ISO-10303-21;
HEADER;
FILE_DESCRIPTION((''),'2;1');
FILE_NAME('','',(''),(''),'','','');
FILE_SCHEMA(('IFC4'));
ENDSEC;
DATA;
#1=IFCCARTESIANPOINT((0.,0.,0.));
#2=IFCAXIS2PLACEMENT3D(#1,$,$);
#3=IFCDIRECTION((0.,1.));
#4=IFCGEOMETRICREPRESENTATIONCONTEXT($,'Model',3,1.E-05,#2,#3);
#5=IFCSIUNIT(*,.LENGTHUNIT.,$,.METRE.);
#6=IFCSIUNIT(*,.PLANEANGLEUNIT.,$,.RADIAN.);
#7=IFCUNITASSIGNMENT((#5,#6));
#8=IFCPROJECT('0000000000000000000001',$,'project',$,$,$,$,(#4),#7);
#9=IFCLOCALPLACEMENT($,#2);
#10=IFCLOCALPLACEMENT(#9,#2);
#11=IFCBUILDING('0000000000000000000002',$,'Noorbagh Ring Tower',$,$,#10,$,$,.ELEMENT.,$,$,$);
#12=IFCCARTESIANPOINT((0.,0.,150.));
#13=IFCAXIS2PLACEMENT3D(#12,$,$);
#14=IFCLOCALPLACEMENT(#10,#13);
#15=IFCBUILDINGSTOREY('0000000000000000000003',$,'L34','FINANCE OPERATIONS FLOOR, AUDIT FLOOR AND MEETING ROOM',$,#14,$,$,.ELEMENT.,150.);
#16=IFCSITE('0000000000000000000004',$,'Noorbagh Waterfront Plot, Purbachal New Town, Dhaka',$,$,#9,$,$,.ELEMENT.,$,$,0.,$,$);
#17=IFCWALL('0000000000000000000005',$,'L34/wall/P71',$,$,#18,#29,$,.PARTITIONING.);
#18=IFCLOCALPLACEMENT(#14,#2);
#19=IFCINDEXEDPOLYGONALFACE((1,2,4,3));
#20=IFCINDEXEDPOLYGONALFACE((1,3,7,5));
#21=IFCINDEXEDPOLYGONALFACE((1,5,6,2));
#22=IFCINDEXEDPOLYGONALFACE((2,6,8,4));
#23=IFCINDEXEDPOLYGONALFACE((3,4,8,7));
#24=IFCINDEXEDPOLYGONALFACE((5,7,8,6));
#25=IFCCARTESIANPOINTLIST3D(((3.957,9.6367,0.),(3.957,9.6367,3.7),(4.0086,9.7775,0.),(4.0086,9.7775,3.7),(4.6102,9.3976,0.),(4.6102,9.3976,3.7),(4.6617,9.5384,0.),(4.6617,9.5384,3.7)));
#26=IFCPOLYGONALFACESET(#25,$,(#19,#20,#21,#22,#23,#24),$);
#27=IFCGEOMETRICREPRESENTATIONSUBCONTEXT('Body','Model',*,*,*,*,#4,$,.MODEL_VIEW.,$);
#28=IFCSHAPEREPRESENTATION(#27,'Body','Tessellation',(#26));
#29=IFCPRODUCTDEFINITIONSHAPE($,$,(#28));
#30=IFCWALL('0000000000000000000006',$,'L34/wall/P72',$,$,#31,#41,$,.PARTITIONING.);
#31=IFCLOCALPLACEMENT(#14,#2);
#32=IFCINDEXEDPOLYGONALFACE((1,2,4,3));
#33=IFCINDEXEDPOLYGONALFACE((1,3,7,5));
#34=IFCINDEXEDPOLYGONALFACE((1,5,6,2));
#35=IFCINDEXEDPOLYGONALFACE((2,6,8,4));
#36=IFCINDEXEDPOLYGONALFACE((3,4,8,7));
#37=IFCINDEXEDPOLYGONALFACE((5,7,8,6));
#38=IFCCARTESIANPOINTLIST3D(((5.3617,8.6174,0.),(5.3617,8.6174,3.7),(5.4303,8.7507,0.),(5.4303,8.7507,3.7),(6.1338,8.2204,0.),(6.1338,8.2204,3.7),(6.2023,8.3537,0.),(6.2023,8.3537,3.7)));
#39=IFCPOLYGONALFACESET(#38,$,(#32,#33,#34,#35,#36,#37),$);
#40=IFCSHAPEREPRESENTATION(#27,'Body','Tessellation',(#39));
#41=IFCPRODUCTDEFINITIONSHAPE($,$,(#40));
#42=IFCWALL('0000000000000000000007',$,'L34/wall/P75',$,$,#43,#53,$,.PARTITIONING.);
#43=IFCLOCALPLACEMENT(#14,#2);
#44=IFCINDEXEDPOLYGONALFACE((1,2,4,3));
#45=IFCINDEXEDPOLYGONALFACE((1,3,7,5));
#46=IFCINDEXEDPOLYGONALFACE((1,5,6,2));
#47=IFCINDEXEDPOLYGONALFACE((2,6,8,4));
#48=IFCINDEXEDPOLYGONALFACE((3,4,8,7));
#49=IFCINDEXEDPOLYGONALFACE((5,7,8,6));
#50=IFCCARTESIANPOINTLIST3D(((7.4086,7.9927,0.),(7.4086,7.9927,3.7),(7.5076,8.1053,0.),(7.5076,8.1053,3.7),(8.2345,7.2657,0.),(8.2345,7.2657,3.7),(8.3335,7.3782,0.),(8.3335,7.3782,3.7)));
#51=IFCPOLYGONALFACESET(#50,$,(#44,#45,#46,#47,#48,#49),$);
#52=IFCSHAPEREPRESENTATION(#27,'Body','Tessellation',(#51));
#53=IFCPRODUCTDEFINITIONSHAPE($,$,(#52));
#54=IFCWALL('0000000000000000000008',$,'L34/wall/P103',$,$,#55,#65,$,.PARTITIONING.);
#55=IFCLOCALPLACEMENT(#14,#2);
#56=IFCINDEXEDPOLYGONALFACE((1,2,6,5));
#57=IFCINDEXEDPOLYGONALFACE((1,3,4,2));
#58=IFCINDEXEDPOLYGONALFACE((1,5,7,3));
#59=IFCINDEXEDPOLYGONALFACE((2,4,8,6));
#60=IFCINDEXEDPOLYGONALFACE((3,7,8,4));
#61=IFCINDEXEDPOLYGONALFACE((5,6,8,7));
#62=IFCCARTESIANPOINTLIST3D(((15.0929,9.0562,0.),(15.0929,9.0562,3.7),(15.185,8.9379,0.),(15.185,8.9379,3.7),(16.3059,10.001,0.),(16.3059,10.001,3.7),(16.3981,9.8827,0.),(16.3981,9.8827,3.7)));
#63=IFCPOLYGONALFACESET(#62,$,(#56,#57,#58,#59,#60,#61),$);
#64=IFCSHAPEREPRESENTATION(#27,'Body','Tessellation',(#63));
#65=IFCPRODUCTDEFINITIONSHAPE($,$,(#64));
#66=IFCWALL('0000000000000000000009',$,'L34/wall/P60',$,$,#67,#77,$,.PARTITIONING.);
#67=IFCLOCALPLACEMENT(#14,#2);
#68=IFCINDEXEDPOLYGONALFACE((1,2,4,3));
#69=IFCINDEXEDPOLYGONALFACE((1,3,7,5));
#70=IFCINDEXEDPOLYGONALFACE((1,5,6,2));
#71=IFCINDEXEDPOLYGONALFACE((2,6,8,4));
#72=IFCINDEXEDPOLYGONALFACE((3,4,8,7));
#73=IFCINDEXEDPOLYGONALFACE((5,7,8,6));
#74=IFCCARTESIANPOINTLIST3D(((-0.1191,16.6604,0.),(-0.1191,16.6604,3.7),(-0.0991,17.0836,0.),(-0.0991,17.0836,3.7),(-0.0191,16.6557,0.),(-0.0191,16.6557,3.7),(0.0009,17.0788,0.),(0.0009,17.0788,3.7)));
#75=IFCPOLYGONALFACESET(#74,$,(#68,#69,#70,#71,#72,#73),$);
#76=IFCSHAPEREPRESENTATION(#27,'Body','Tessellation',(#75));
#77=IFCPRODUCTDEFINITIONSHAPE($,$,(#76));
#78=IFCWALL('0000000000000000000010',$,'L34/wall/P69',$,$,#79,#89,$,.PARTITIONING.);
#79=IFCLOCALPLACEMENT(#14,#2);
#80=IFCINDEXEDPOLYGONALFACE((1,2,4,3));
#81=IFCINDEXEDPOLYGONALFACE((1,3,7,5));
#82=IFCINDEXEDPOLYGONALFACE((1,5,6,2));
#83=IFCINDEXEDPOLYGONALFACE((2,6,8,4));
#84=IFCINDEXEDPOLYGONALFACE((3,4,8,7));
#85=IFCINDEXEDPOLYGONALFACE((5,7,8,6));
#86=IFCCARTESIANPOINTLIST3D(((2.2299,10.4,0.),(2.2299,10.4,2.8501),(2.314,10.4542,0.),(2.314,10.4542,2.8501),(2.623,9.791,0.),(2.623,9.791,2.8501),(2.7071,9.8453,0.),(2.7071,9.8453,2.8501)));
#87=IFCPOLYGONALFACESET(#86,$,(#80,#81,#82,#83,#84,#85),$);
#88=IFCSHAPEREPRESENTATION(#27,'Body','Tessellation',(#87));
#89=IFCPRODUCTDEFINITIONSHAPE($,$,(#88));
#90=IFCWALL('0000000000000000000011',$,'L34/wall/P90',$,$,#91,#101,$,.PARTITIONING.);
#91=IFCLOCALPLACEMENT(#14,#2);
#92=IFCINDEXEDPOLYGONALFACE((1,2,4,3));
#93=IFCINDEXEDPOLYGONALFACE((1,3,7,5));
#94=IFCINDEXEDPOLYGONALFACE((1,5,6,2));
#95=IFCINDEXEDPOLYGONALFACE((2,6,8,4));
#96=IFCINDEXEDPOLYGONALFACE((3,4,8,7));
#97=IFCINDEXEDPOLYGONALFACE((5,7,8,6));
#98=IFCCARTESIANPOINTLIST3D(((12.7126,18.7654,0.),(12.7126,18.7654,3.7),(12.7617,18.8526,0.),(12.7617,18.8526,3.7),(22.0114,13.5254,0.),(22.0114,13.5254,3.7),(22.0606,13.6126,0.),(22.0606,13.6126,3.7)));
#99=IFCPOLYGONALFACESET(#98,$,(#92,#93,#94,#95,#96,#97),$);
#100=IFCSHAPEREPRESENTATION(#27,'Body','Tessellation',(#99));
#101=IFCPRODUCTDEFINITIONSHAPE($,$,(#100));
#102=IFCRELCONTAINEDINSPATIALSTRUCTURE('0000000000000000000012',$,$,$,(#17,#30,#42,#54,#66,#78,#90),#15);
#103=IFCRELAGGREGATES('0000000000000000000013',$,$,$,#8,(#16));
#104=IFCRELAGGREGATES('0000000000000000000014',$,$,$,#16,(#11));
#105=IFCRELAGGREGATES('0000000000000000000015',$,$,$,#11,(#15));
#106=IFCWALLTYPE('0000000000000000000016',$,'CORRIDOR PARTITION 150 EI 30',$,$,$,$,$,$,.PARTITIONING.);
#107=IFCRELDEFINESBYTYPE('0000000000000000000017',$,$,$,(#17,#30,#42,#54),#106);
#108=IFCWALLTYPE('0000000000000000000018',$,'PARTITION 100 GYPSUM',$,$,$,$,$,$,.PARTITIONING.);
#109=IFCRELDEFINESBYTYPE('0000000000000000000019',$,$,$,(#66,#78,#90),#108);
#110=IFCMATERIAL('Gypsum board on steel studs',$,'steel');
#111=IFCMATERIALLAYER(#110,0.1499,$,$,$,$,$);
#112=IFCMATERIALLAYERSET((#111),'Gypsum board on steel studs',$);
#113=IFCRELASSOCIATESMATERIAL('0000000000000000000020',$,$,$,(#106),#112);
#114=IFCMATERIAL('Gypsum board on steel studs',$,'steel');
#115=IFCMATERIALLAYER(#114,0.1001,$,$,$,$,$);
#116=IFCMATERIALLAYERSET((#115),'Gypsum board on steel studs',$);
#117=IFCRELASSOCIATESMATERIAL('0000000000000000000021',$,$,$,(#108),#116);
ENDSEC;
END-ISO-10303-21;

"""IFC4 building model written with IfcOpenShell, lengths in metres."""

from ifc_helpers import new_model, si_unit, direction, frame, frame_2d, origin, place, context, subcontext, project, spatial, rectangle, extrude, material, layer, layer_set, type_object, element, save


model = new_model("IFC4")

# Units and contexts
model_context = context("Model", 3, precision=1e-05, world=origin(), true_north=direction((0.0, 1.0)))
body_context = subcontext(model_context, "Body", "Model", "MODEL_VIEW")
ifc_project = project(units=[si_unit("LENGTHUNIT", "METRE"), si_unit("PLANEANGLEUNIT", "RADIAN")], contexts=[model_context])

# Site, building, storey
site_placement = place(None, origin())
site = spatial("IfcSite", under=ifc_project, at=site_placement, Name="Noorbagh Waterfront Plot, Purbachal New Town, Dhaka", CompositionType="ELEMENT", RefElevation=0.0)
building_placement = place(site_placement, origin())
building = spatial("IfcBuilding", under=site, at=building_placement, Name="Noorbagh Ring Tower", CompositionType="ELEMENT")
storey_placement = place(building_placement, frame((0.0, 0.0, 150.0)))
storey = spatial("IfcBuildingStorey", under=building, at=storey_placement, Name="L34", Description="FINANCE OPERATIONS FLOOR, AUDIT FLOOR AND MEETING ROOM", CompositionType="ELEMENT", Elevation=150.0)

# Walls
ifc_material_1 = material(Name="Gypsum board on steel studs", Category="steel")
ifc_layer_1 = layer(ifc_material_1, 0.1499)
ifc_layer_set_1 = layer_set([ifc_layer_1], Name="Gypsum board on steel studs")
wall_type_1 = type_object("IfcWallType", Name="CORRIDOR PARTITION 150 EI 30", PredefinedType="PARTITIONING", material=ifc_layer_set_1)
wall_1_placement = place(storey_placement, frame((3.9829, 9.707, 0.0), z_axis=(0.0, 0.0, 1.0), x_axis=(0.939084, -0.343687, 0.0)))
element("IfcWall", 1, at=wall_1_placement, inside=storey, type_object=wall_type_1, Name="L34/wall/P71", PredefinedType="PARTITIONING", context=body_context, shape_type="SweptSolid", body=[
    extrude(rectangle(XDim=0.6956, YDim=0.1499, at=frame_2d((0.3477, 0.0))), origin(), (0.0, 0.0, 1.0), 3.7),
])
wall_2_placement = place(storey_placement, frame((5.396, 8.6841, 0.0), z_axis=(0.0, 0.0, 1.0), x_axis=(0.889307, -0.45731, 0.0)))
element("IfcWall", 2, at=wall_2_placement, inside=storey, type_object=wall_type_1, Name="L34/wall/P72", PredefinedType="PARTITIONING", context=body_context, shape_type="SweptSolid", body=[
    extrude(rectangle(XDim=0.8682, YDim=0.1499, at=frame_2d((0.4341, 0.0))), origin(), (0.0, 0.0, 1.0), 3.7),
])
wall_3_placement = place(storey_placement, frame((7.458, 8.0491, 0.0), z_axis=(0.0, 0.0, 1.0), x_axis=(0.750608, -0.660748, 0.0)))
element("IfcWall", 3, at=wall_3_placement, inside=storey, type_object=wall_type_1, Name="L34/wall/P75", PredefinedType="PARTITIONING", context=body_context, shape_type="SweptSolid", body=[
    extrude(rectangle(XDim=1.1003, YDim=0.1499, at=frame_2d((0.5503, 0.0))), origin(), (0.0, 0.0, 1.0), 3.7),
])
wall_4_placement = place(storey_placement, frame((15.1389, 8.9971, 0.0), z_axis=(0.0, 0.0, 1.0), x_axis=(0.78895, 0.614457, 0.0)))
element("IfcWall", 4, at=wall_4_placement, inside=storey, type_object=wall_type_1, Name="L34/wall/P103", PredefinedType="PARTITIONING", context=body_context, shape_type="SweptSolid", body=[
    extrude(rectangle(XDim=1.5376, YDim=0.1499, at=frame_2d((0.7688, 0.0))), origin(), (0.0, 0.0, 1.0), 3.7),
])
ifc_material_2 = material(Name="Gypsum board on steel studs", Category="steel")
ifc_layer_2 = layer(ifc_material_2, 0.1001)
ifc_layer_set_2 = layer_set([ifc_layer_2], Name="Gypsum board on steel studs")
wall_type_2 = type_object("IfcWallType", Name="PARTITION 100 GYPSUM", PredefinedType="PARTITIONING", material=ifc_layer_set_2)
wall_5_placement = place(storey_placement, frame((-0.0691, 16.658, 0.0), z_axis=(0.0, 0.0, 1.0), x_axis=(0.047264, 0.998882, 0.0)))
element("IfcWall", 5, at=wall_5_placement, inside=storey, type_object=wall_type_2, Name="L34/wall/P60", PredefinedType="PARTITIONING", context=body_context, shape_type="SweptSolid", body=[
    extrude(rectangle(XDim=0.4236, YDim=0.1001, at=frame_2d((0.2119, 0.0))), origin(), (0.0, 0.0, 1.0), 3.7),
])
wall_6_placement = place(storey_placement, frame((2.272, 10.427, 0.0), z_axis=(0.0, 0.0, 1.0), x_axis=(0.542357, -0.840148, 0.0)))
element("IfcWall", 6, at=wall_6_placement, inside=storey, type_object=wall_type_2, Name="L34/wall/P69", PredefinedType="PARTITIONING", context=body_context, shape_type="SweptSolid", body=[
    extrude(rectangle(XDim=0.7249, YDim=0.1001, at=frame_2d((0.3623, 0.0))), origin(), (0.0, 0.0, 1.0), 2.8501),
])
wall_7_placement = place(storey_placement, frame((12.7371, 18.8091, 0.0), z_axis=(0.0, 0.0, 1.0), x_axis=(0.871199, -0.49093, 0.0)))
element("IfcWall", 7, at=wall_7_placement, inside=storey, type_object=wall_type_2, Name="L34/wall/P90", PredefinedType="PARTITIONING", context=body_context, shape_type="SweptSolid", body=[
    extrude(rectangle(XDim=10.6736, YDim=0.1001, at=frame_2d((5.3369, 0.0))), origin(), (0.0, 0.0, 1.0), 3.7),
])

save(model, "model.ifc")
